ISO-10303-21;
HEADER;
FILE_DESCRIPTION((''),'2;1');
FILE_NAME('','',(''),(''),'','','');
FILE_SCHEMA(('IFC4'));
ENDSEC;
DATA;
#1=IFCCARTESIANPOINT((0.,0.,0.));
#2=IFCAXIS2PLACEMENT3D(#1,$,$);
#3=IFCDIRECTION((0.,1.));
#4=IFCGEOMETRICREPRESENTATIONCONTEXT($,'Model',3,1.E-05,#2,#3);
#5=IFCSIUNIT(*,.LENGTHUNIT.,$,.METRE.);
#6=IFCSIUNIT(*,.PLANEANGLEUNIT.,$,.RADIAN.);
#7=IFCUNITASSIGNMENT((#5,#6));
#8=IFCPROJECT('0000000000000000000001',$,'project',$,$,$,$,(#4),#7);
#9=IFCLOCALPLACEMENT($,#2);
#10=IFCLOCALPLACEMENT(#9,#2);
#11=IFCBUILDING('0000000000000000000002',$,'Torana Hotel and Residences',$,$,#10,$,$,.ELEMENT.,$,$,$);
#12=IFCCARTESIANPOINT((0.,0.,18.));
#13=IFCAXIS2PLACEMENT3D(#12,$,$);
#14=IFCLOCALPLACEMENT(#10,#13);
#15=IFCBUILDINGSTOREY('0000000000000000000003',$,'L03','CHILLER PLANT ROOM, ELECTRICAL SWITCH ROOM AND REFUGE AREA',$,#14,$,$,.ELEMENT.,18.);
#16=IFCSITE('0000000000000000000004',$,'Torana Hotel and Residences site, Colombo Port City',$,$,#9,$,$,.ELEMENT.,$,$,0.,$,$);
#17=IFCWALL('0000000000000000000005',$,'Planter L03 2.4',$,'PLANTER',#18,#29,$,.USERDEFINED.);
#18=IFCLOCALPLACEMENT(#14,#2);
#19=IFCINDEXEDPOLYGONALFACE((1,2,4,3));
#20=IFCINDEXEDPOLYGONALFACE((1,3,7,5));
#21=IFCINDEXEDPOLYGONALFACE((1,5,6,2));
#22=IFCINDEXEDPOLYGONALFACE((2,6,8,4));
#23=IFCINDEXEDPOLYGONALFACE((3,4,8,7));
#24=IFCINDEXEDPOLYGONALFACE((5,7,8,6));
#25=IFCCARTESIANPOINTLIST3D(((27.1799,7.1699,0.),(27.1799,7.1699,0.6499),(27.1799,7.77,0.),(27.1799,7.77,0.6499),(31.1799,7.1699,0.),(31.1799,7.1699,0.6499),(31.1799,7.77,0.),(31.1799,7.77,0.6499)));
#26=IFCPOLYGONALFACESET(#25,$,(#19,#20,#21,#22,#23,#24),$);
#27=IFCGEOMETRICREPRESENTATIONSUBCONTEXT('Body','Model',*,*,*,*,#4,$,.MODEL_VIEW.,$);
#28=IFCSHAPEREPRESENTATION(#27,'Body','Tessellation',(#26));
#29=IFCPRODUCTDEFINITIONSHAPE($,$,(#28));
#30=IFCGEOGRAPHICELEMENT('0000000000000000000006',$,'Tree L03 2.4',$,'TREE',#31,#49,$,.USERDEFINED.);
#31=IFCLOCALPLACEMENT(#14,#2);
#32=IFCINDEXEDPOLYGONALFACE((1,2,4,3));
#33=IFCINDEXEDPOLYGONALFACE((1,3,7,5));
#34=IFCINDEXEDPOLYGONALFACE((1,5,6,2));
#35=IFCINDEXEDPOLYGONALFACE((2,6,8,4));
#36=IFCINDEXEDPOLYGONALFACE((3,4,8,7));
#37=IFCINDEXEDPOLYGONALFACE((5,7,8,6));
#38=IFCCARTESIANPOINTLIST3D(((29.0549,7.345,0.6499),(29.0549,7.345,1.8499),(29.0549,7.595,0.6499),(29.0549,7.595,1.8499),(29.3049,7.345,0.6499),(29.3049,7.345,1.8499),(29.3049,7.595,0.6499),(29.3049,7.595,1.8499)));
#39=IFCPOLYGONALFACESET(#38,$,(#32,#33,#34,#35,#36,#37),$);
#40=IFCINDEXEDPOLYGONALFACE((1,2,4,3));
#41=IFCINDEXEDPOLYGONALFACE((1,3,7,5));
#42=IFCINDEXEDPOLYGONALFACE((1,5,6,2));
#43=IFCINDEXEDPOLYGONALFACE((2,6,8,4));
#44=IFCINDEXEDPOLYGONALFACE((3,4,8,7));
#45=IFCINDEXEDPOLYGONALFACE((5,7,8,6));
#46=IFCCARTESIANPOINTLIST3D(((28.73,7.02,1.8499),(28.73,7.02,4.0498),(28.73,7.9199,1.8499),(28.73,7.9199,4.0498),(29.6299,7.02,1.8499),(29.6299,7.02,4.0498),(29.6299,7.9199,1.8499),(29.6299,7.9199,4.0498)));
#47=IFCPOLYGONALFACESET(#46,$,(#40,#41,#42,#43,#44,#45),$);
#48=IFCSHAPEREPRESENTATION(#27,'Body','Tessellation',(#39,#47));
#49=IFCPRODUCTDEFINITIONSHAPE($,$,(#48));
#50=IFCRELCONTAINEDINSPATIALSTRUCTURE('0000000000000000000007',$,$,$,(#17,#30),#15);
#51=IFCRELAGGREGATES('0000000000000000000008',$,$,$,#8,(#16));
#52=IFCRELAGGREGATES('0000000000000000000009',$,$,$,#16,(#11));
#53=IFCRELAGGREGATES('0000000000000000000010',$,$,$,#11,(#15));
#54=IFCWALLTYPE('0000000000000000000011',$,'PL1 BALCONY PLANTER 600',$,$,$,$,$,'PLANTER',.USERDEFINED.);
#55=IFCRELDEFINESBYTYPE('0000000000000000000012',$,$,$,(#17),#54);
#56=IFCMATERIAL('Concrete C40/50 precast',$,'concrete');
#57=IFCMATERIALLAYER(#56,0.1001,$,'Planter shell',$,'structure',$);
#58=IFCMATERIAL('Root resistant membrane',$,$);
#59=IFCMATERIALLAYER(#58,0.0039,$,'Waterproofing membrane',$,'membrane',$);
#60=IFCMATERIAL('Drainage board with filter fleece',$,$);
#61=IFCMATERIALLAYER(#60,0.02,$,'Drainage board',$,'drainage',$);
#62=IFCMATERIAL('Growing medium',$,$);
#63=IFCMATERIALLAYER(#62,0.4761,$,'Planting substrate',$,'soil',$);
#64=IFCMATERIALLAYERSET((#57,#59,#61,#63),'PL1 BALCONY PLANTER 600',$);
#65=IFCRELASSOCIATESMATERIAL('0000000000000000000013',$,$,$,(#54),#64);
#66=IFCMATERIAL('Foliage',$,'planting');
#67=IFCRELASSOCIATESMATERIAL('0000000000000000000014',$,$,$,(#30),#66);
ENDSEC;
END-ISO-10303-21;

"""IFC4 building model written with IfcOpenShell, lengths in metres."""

from ifc_helpers import new_model, si_unit, direction, frame, frame_2d, origin, origin_2d, place, context, subcontext, project, spatial, rectangle, extrude, material, layer, layer_set, type_object, element, save


model = new_model("IFC4")

# Units and contexts
model_context = context("Model", 3, precision=1e-05, world=origin(), true_north=direction((0.0, 1.0)))
body_context = subcontext(model_context, "Body", "Model", "MODEL_VIEW")
ifc_project = project(units=[si_unit("LENGTHUNIT", "METRE"), si_unit("PLANEANGLEUNIT", "RADIAN")], contexts=[model_context])

# Site, building, storey
site_placement = place(None, origin())
site = spatial("IfcSite", under=ifc_project, at=site_placement, Name="Torana Hotel and Residences site, Colombo Port City", CompositionType="ELEMENT", RefElevation=0.0)
building_placement = place(site_placement, origin())
building = spatial("IfcBuilding", under=site, at=building_placement, Name="Torana Hotel and Residences", CompositionType="ELEMENT")
storey_placement = place(building_placement, frame((0.0, 0.0, 18.0)))
storey = spatial("IfcBuildingStorey", under=building, at=storey_placement, Name="L03", Description="CHILLER PLANT ROOM, ELECTRICAL SWITCH ROOM AND REFUGE AREA", CompositionType="ELEMENT", Elevation=18.0)

# Wall
ifc_material_1 = material(Name="Concrete C40/50 precast", Category="concrete")
ifc_layer_1 = layer(ifc_material_1, 0.1001, Name="Planter shell", Category="structure")
ifc_material_2 = material(Name="Root resistant membrane")
ifc_layer_2 = layer(ifc_material_2, 0.0039, Name="Waterproofing membrane", Category="membrane")
ifc_material_3 = material(Name="Drainage board with filter fleece")
ifc_layer_3 = layer(ifc_material_3, 0.02, Name="Drainage board", Category="drainage")
ifc_material_4 = material(Name="Growing medium")
ifc_layer_4 = layer(ifc_material_4, 0.4761, Name="Planting substrate", Category="soil")
ifc_layer_set = layer_set([ifc_layer_1, ifc_layer_2, ifc_layer_3, ifc_layer_4], Name="PL1 BALCONY PLANTER 600")
wall_type = type_object("IfcWallType", Name="PL1 BALCONY PLANTER 600", ElementType="PLANTER", PredefinedType="USERDEFINED", material=ifc_layer_set)
wall_placement = place(storey_placement, frame((27.1799, 7.47, 0.0), z_axis=(0.0, 0.0, 1.0), x_axis=(1.0, 0.0, 0.0)))
element("IfcWall", 1, at=wall_placement, inside=storey, type_object=wall_type, Name="Planter L03 2.4", ObjectType="PLANTER", PredefinedType="USERDEFINED", context=body_context, shape_type="SweptSolid", body=[
    extrude(rectangle(XDim=4.0, YDim=0.6001, at=frame_2d((2.0, 0.0))), origin(), (0.0, 0.0, 1.0), 0.6499),
])

# Geographic element
ifc_material_5 = material(Name="Foliage", Category="planting")
geographic_element_placement = place(storey_placement, frame((29.1799, 7.47, 0.6499), z_axis=(0.0, 0.0, 1.0), x_axis=(1.0, 0.0, 0.0)))
element("IfcGeographicElement", 2, at=geographic_element_placement, inside=storey, material=ifc_material_5, Name="Tree L03 2.4", ObjectType="TREE", PredefinedType="USERDEFINED", context=body_context, shape_type="SweptSolid", body=[
    extrude(rectangle(XDim=0.25, YDim=0.25, at=origin_2d()), origin(), (0.0, 0.0, 1.0), 1.2),
    extrude(rectangle(XDim=0.8999, YDim=0.8999, at=origin_2d()), frame((0.0, 0.0, 1.2)), (0.0, 0.0, 1.0), 2.2),
])

save(model, "model.ifc")
